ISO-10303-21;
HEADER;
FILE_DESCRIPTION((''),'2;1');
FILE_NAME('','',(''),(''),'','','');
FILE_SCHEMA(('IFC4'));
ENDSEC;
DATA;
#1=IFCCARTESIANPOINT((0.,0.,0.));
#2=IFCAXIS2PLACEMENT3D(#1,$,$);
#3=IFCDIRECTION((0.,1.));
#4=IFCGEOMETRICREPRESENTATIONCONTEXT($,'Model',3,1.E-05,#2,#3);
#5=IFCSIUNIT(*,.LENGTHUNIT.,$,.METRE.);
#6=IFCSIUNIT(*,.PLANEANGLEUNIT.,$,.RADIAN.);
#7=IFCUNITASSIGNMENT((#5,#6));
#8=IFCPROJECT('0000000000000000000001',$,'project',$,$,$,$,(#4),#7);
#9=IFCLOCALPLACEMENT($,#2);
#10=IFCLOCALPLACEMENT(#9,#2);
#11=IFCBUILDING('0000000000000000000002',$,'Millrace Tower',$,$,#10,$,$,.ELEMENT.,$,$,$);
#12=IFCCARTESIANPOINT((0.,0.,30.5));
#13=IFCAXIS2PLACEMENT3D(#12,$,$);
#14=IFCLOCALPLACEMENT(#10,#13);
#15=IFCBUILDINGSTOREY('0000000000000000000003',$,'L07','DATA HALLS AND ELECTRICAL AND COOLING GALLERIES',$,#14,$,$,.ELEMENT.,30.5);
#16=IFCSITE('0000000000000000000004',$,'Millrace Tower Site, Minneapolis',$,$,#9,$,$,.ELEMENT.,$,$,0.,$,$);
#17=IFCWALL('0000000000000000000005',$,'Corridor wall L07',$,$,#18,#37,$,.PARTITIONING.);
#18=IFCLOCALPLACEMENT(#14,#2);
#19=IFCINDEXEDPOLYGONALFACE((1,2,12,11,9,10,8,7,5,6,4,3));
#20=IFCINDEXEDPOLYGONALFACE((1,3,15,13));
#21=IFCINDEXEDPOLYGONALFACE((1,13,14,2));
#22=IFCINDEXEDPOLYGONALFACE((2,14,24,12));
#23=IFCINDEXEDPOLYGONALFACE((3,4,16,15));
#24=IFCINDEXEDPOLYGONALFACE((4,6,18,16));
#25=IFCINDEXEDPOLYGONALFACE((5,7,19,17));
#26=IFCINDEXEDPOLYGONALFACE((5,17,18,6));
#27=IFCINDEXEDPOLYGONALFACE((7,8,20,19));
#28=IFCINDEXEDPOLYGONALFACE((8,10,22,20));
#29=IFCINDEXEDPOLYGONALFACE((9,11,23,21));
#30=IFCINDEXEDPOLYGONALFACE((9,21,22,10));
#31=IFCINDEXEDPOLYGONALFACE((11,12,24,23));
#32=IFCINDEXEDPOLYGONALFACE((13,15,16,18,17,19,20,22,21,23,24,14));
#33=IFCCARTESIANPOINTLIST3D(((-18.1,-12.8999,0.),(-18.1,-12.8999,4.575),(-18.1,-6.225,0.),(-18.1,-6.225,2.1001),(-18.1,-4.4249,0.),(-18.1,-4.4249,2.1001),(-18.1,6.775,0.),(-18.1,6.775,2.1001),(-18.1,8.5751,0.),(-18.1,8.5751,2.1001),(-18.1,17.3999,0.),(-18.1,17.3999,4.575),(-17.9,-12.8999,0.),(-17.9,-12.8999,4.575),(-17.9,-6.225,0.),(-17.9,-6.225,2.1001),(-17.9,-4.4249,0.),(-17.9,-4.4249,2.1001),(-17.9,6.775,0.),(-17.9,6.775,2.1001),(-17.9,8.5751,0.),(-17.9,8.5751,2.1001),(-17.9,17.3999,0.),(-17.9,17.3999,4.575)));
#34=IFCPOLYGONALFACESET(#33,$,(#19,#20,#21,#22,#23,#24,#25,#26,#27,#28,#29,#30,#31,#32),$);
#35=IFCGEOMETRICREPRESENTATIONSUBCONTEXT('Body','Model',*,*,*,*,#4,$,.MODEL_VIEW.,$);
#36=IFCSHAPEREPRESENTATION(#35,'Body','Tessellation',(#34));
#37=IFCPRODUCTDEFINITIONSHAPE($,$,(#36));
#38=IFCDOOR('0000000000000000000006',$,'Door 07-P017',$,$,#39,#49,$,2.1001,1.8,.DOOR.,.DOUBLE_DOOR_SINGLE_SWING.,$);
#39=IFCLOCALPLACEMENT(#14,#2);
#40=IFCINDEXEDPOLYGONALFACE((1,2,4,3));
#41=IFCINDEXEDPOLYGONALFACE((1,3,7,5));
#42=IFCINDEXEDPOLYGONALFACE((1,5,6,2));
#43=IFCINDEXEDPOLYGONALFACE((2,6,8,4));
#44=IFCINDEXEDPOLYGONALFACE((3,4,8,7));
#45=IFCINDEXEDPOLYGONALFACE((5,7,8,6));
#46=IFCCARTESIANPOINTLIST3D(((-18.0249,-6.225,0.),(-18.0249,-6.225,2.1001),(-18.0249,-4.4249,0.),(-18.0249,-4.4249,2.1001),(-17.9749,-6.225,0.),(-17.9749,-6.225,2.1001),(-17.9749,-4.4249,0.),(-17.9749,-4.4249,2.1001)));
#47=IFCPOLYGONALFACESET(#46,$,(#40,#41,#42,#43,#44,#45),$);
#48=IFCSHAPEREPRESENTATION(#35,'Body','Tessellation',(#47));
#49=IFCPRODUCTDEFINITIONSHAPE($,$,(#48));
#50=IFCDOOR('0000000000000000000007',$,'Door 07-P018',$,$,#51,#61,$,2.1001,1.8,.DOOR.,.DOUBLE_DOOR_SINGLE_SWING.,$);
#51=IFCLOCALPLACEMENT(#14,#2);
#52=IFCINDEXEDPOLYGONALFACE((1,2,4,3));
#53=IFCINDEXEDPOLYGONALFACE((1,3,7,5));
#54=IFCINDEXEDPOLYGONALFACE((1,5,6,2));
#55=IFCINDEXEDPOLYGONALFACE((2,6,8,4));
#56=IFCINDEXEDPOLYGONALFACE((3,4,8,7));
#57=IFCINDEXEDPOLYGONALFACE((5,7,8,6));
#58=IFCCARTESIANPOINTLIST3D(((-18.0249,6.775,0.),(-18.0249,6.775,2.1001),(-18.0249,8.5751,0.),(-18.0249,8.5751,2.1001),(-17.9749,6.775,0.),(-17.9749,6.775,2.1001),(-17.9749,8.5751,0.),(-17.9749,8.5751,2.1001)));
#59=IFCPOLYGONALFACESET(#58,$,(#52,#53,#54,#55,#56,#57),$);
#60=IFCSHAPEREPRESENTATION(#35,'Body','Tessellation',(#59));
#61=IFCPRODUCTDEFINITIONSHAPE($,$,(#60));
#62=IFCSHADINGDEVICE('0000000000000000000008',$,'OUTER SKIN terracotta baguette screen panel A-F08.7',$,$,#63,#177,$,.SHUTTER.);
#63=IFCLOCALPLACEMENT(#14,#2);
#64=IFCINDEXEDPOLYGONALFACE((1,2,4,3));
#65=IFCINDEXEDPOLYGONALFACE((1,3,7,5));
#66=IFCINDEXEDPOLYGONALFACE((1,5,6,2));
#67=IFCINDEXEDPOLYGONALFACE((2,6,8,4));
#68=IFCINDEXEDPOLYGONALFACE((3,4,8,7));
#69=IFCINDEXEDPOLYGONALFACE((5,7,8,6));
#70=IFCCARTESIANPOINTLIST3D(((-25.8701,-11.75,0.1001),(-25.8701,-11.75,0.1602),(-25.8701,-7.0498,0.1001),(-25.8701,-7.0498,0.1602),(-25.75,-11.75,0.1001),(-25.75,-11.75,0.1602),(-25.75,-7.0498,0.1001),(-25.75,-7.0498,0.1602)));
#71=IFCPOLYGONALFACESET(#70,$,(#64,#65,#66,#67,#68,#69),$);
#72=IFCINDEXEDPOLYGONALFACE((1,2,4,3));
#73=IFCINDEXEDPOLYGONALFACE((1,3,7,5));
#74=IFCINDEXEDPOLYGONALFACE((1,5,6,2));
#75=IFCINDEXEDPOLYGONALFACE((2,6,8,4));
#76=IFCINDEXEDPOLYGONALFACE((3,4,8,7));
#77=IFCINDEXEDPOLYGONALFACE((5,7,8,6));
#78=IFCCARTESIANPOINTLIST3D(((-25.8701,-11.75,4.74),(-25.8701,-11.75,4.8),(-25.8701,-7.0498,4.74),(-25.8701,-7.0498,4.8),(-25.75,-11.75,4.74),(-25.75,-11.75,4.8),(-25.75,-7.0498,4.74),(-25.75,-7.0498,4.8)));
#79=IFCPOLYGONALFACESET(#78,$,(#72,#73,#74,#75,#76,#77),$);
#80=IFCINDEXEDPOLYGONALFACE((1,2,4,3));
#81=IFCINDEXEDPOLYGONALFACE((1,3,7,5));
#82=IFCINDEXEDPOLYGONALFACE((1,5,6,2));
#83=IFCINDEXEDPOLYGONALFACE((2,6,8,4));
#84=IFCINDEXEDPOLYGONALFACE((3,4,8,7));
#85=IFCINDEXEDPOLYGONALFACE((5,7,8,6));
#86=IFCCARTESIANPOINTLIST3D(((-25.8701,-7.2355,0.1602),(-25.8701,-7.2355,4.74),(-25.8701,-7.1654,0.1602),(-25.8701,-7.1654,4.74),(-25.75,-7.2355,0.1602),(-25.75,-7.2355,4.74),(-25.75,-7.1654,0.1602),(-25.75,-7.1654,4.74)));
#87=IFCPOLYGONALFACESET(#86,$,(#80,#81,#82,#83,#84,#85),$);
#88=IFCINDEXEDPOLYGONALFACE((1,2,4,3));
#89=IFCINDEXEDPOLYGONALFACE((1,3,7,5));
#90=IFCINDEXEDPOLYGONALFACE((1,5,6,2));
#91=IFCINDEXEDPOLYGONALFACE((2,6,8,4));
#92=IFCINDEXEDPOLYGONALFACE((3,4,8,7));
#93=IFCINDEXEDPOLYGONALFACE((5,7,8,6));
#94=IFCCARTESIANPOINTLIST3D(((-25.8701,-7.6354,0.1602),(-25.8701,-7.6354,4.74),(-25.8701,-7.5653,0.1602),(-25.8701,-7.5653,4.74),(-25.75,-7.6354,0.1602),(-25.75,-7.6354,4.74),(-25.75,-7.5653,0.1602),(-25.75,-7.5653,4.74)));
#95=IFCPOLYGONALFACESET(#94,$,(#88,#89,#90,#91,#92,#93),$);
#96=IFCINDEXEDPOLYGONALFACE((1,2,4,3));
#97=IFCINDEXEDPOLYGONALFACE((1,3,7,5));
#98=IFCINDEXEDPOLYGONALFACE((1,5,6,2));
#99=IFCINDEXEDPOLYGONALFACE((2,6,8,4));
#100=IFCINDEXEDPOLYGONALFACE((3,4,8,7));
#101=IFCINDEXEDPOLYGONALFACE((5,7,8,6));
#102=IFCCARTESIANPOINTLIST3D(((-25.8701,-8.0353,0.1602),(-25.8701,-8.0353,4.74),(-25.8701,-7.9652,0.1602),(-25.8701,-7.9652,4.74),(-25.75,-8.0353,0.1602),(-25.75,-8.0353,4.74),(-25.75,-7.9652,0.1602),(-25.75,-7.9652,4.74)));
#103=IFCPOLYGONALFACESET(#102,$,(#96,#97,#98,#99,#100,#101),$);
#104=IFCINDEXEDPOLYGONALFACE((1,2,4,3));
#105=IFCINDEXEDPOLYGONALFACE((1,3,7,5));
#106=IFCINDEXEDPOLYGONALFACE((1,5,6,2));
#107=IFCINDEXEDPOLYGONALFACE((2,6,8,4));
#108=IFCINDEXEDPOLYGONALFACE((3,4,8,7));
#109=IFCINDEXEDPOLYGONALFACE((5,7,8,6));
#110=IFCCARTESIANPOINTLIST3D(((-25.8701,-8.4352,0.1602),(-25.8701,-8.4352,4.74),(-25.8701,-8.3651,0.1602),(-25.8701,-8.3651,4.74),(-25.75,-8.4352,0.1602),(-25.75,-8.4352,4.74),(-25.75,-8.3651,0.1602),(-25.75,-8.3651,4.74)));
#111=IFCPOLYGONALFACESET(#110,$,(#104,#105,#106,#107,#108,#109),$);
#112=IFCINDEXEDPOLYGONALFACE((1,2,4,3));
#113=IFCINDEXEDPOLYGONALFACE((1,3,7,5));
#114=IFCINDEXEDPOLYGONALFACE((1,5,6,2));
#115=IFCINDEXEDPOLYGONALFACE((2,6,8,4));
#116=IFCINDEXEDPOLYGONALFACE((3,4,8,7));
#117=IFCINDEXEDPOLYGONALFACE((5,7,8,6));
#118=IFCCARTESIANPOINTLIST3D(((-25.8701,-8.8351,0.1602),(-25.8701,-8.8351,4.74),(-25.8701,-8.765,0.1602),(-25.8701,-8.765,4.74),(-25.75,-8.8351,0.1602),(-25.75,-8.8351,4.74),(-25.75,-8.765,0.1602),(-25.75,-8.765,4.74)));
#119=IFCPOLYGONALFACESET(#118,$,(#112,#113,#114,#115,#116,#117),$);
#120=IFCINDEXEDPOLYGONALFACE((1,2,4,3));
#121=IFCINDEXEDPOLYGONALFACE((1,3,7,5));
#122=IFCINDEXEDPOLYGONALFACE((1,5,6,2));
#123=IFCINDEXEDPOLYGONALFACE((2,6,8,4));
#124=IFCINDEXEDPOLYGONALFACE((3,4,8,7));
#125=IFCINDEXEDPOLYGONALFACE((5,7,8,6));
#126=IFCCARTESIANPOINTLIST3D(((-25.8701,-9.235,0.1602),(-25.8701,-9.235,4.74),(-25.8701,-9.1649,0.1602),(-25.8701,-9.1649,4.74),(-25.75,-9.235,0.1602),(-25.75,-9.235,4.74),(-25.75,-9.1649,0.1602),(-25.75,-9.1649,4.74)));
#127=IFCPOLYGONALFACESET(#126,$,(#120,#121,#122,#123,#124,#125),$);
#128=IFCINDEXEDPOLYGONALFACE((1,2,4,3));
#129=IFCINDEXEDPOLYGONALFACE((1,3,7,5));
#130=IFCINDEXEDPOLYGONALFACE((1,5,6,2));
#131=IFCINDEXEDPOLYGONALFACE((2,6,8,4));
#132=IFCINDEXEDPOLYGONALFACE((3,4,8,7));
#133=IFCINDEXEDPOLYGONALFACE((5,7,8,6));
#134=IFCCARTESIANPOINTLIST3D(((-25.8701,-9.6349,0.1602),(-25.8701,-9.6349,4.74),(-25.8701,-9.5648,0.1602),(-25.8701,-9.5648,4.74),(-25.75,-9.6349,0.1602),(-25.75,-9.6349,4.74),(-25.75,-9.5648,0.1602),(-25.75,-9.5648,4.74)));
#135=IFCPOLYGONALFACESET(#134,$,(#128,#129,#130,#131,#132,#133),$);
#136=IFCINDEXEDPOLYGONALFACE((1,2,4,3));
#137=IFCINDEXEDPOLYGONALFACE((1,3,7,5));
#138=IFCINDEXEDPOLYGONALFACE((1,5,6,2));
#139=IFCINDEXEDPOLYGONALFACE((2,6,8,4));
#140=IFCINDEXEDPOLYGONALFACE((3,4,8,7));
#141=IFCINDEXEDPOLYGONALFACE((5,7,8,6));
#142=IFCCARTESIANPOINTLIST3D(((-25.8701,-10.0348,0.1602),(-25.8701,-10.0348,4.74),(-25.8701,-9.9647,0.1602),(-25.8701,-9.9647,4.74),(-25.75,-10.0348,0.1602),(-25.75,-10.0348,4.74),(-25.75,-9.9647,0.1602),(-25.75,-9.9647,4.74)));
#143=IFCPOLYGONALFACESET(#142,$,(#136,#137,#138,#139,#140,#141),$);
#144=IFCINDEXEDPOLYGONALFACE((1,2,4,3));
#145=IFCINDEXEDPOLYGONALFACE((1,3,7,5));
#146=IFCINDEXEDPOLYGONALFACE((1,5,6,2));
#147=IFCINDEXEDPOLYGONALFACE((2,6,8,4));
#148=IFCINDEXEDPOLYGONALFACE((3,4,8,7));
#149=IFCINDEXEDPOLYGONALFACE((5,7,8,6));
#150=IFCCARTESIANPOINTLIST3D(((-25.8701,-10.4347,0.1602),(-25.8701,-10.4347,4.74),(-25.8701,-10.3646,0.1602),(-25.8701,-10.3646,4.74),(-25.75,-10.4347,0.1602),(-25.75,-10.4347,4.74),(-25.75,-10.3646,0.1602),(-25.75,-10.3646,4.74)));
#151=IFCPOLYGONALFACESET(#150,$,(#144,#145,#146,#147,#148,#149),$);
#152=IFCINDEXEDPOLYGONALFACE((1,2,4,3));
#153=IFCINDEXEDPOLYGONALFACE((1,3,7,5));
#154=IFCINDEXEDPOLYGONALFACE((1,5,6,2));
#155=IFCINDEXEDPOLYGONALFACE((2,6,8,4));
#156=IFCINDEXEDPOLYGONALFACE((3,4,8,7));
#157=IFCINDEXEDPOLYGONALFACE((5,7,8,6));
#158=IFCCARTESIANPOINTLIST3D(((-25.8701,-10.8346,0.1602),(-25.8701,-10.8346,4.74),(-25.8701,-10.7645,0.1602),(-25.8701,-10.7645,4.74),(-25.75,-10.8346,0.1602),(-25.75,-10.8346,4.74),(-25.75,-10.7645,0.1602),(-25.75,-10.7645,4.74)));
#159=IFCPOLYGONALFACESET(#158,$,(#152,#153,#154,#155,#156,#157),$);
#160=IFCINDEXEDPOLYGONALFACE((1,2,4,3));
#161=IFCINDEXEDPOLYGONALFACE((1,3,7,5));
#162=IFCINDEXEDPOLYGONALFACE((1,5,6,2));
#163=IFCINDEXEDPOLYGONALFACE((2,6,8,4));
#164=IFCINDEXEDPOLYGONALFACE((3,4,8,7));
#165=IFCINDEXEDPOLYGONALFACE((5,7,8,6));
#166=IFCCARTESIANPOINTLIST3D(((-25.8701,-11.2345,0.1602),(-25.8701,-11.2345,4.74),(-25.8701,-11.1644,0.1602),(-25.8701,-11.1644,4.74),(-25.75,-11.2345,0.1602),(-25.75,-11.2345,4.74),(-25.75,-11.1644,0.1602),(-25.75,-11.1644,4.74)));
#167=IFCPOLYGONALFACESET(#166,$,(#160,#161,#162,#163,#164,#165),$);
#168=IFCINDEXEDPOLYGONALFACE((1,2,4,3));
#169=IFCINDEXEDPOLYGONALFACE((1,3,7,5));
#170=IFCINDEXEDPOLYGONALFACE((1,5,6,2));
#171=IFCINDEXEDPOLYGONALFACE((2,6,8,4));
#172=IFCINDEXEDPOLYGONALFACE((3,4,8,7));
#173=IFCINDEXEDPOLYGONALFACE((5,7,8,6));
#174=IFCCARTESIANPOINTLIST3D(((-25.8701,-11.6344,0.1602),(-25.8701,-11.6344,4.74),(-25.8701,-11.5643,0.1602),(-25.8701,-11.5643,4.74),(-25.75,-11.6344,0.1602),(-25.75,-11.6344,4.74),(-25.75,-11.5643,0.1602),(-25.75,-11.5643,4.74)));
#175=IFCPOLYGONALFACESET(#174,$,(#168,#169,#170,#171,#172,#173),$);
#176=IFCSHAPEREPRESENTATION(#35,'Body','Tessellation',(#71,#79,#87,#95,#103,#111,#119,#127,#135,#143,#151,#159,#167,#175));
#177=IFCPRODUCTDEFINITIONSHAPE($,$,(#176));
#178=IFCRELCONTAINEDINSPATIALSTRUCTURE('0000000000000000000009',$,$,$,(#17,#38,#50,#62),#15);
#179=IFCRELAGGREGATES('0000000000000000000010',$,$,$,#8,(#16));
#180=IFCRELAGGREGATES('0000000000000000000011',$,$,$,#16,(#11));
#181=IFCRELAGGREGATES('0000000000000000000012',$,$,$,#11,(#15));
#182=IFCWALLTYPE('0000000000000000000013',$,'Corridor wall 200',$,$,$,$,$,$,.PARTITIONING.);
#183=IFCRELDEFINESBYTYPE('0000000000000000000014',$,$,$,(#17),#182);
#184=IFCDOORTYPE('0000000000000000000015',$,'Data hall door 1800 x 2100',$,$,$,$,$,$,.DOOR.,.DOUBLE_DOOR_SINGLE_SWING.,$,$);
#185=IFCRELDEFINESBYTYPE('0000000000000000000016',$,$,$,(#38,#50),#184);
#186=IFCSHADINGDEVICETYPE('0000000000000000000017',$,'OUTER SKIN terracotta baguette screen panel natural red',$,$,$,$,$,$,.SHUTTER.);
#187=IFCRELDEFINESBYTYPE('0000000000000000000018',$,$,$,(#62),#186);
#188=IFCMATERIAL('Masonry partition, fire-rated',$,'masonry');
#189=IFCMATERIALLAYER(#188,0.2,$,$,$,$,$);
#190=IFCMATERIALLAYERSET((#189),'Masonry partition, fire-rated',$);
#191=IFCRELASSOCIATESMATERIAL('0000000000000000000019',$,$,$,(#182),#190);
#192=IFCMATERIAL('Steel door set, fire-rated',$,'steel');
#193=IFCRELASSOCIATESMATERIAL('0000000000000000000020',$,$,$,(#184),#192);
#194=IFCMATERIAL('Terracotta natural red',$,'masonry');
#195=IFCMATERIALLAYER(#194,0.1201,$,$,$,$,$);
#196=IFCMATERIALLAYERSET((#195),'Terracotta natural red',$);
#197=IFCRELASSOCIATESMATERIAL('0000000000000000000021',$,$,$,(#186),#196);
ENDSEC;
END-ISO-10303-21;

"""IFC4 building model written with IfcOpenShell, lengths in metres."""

from ifc_helpers import new_model, entity, si_unit, direction, frame, frame_2d, origin, place, context, subcontext, project, spatial, rectangle, extrude, source, transform, mapped, material, layer, layer_set, type_object, element, fill, save


model = new_model("IFC4")

# Units and contexts
model_context = context("Model", 3, precision=1e-05, world=origin(), true_north=direction((0.0, 1.0)))
body_context = subcontext(model_context, "Body", "Model", "MODEL_VIEW")
ifc_project = project(units=[si_unit("LENGTHUNIT", "METRE"), si_unit("PLANEANGLEUNIT", "RADIAN")], contexts=[model_context])

# Site, building, storey
site_placement = place(None, origin())
site = spatial("IfcSite", under=ifc_project, at=site_placement, Name="Millrace Tower Site, Minneapolis", CompositionType="ELEMENT", RefElevation=0.0)
building_placement = place(site_placement, origin())
building = spatial("IfcBuilding", under=site, at=building_placement, Name="Millrace Tower", CompositionType="ELEMENT")
storey_placement = place(building_placement, frame((0.0, 0.0, 30.5)))
storey = spatial("IfcBuildingStorey", under=building, at=storey_placement, Name="L07", Description="DATA HALLS AND ELECTRICAL AND COOLING GALLERIES", CompositionType="ELEMENT", Elevation=30.5)

# Wall, openings, doors
ifc_material_1 = material(Name="Masonry partition, fire-rated", Category="masonry")
ifc_layer_1 = layer(ifc_material_1, 0.2)
ifc_layer_set_1 = layer_set([ifc_layer_1], Name="Masonry partition, fire-rated")
wall_type_1 = type_object("IfcWallType", Name="Corridor wall 200", PredefinedType="PARTITIONING", material=ifc_layer_set_1)
ifc_material_2 = material(Name="Steel door set, fire-rated", Category="steel")
door_type_1 = type_object("IfcDoorType", Name="Data hall door 1800 x 2100", OperationType="DOUBLE_DOOR_SINGLE_SWING", PredefinedType="DOOR", material=ifc_material_2)
wall_1_placement = place(storey_placement, frame((-18.0, -12.8999, 0.0), z_axis=(0.0, 0.0, 1.0), x_axis=(0.0, 1.0, 0.0)))
wall_1 = element("IfcWall", 1, at=wall_1_placement, inside=storey, type_object=wall_type_1, Name="Corridor wall L07", PredefinedType="PARTITIONING", context=body_context, shape_type="SweptSolid", body=[
    extrude(rectangle(XDim=30.2998, YDim=0.2, at=frame_2d((15.1499, 0.0))), origin(), (0.0, 0.0, 1.0), 4.575),
])
opening_1_placement = place(wall_1_placement, frame((6.675, 0.0, 0.0)))
opening_1 = element("IfcOpeningElement", 2, at=opening_1_placement, cuts=wall_1, PredefinedType="OPENING", context=body_context, shape_type="SweptSolid", body=[
    extrude(rectangle(XDim=1.8, YDim=2.1001, at=frame_2d((0.8999, 1.05))), frame((0.0, 0.1099, 0.0), z_axis=(0.0, -1.0, 0.0), x_axis=(1.0, 0.0, 0.0)), (0.0, 0.0, 1.0), 0.22),
])
opening_2_placement = place(wall_1_placement, frame((19.675, 0.0, 0.0)))
opening_2 = element("IfcOpeningElement", 3, at=opening_2_placement, cuts=wall_1, PredefinedType="OPENING", context=body_context, shape_type="SweptSolid", body=[
    extrude(rectangle(XDim=1.8, YDim=2.1001, at=frame_2d((0.8999, 1.05))), frame((0.0, 0.1099, 0.0), z_axis=(0.0, -1.0, 0.0), x_axis=(1.0, 0.0, 0.0)), (0.0, 0.0, 1.0), 0.22),
])
door_1_placement = place(opening_1_placement, origin())
door_1 = element("IfcDoor", 4, at=door_1_placement, inside=storey, type_object=door_type_1, Name="Door 07-P017", OperationType="DOUBLE_DOOR_SINGLE_SWING", OverallHeight=2.1001, OverallWidth=1.8, PredefinedType="DOOR", context=body_context, shape_type="SweptSolid", body=[
    extrude(rectangle(XDim=1.8, YDim=2.1001, at=frame_2d((0.8999, 1.05))), frame((0.0, 0.0249, 0.0), z_axis=(0.0, -1.0, 0.0), x_axis=(1.0, 0.0, 0.0)), (0.0, 0.0, 1.0), 0.05),
])
fill(opening_1, door_1)
door_2_placement = place(opening_2_placement, origin())
door_2 = element("IfcDoor", 5, at=door_2_placement, inside=storey, type_object=door_type_1, Name="Door 07-P018", OperationType="DOUBLE_DOOR_SINGLE_SWING", OverallHeight=2.1001, OverallWidth=1.8, PredefinedType="DOOR", context=body_context, shape_type="SweptSolid", body=[
    extrude(rectangle(XDim=1.8, YDim=2.1001, at=frame_2d((0.8999, 1.05))), frame((0.0, 0.0249, 0.0), z_axis=(0.0, -1.0, 0.0), x_axis=(1.0, 0.0, 0.0)), (0.0, 0.0, 1.0), 0.05),
])
fill(opening_2, door_2)

# Shading device
ifc_material_3 = material(Name="Terracotta natural red", Category="masonry")
ifc_layer_2 = layer(ifc_material_3, 0.1201)
ifc_layer_set_2 = layer_set([ifc_layer_2], Name="Terracotta natural red")
shading_device_type = type_object("IfcShadingDeviceType", Name="OUTER SKIN terracotta baguette screen panel natural red", PredefinedType="SHUTTER", material=ifc_layer_set_2)
cartesian_point = entity("IfcCartesianPoint", [-2.3501, 0.0601])
shared_polyline = entity("IfcPolyline", [cartesian_point, entity("IfcCartesianPoint", [2.3501, 0.0601]), entity("IfcCartesianPoint", [2.3501, -0.0601]), entity("IfcCartesianPoint", [-2.3501, -0.0601]), cartesian_point])
shared_shape = source(origin(), body_context, "Body", "SweptSolid", [
    entity("IfcExtrudedAreaSolid", entity("IfcArbitraryClosedProfileDef", "AREA", None, shared_polyline), entity("IfcAxis2Placement3D", entity("IfcCartesianPoint", [0.0, 0.0, 0.0])), entity("IfcDirection", [0.0, 0.0, 1.0]), 0.0601),
    entity("IfcExtrudedAreaSolid", entity("IfcArbitraryClosedProfileDef", "AREA", None, shared_polyline), entity("IfcAxis2Placement3D", entity("IfcCartesianPoint", [0.0, 0.0, 4.6399])), entity("IfcDirection", [0.0, 0.0, 1.0]), 0.0601),
    extrude(rectangle(XDim=0.0701, YDim=0.1201, at=frame_2d((-2.1995, 0.0))), frame((0.0, 0.0, 0.0601)), (0.0, 0.0, 1.0), 4.5798),
    extrude(rectangle(XDim=0.0701, YDim=0.1201, at=frame_2d((-1.7996, 0.0))), frame((0.0, 0.0, 0.0601)), (0.0, 0.0, 1.0), 4.5798),
    extrude(rectangle(XDim=0.0701, YDim=0.1201, at=frame_2d((-1.3997, 0.0))), frame((0.0, 0.0, 0.0601)), (0.0, 0.0, 1.0), 4.5798),
    extrude(rectangle(XDim=0.0701, YDim=0.1201, at=frame_2d((-0.9998, 0.0))), frame((0.0, 0.0, 0.0601)), (0.0, 0.0, 1.0), 4.5798),
    extrude(rectangle(XDim=0.0701, YDim=0.1201, at=frame_2d((-0.5999, 0.0))), frame((0.0, 0.0, 0.0601)), (0.0, 0.0, 1.0), 4.5798),
    extrude(rectangle(XDim=0.0701, YDim=0.1201, at=frame_2d((-0.2, 0.0))), frame((0.0, 0.0, 0.0601)), (0.0, 0.0, 1.0), 4.5798),
    extrude(rectangle(XDim=0.0701, YDim=0.1201, at=frame_2d((0.2, 0.0))), frame((0.0, 0.0, 0.0601)), (0.0, 0.0, 1.0), 4.5798),
    extrude(rectangle(XDim=0.0701, YDim=0.1201, at=frame_2d((0.5999, 0.0))), frame((0.0, 0.0, 0.0601)), (0.0, 0.0, 1.0), 4.5798),
    extrude(rectangle(XDim=0.0701, YDim=0.1201, at=frame_2d((0.9998, 0.0))), frame((0.0, 0.0, 0.0601)), (0.0, 0.0, 1.0), 4.5798),
    extrude(rectangle(XDim=0.0701, YDim=0.1201, at=frame_2d((1.3997, 0.0))), frame((0.0, 0.0, 0.0601)), (0.0, 0.0, 1.0), 4.5798),
    extrude(rectangle(XDim=0.0701, YDim=0.1201, at=frame_2d((1.7996, 0.0))), frame((0.0, 0.0, 0.0601)), (0.0, 0.0, 1.0), 4.5798),
    extrude(rectangle(XDim=0.0701, YDim=0.1201, at=frame_2d((2.1995, 0.0))), frame((0.0, 0.0, 0.0601)), (0.0, 0.0, 1.0), 4.5798),
])
shading_device_placement = place(storey_placement, frame((-25.8101, -9.3999, 0.1001), z_axis=(0.0, 0.0, 1.0), x_axis=(0.0, -1.0, 0.0)))
element("IfcShadingDevice", 6, at=shading_device_placement, inside=storey, type_object=shading_device_type, Name="OUTER SKIN terracotta baguette screen panel A-F08.7", PredefinedType="SHUTTER", context=body_context, shape_type="MappedRepresentation", body=[
    mapped(shared_shape, transform((0.0, 0.0, 0.0), scale=1.0)),
])

save(model, "model.ifc")
